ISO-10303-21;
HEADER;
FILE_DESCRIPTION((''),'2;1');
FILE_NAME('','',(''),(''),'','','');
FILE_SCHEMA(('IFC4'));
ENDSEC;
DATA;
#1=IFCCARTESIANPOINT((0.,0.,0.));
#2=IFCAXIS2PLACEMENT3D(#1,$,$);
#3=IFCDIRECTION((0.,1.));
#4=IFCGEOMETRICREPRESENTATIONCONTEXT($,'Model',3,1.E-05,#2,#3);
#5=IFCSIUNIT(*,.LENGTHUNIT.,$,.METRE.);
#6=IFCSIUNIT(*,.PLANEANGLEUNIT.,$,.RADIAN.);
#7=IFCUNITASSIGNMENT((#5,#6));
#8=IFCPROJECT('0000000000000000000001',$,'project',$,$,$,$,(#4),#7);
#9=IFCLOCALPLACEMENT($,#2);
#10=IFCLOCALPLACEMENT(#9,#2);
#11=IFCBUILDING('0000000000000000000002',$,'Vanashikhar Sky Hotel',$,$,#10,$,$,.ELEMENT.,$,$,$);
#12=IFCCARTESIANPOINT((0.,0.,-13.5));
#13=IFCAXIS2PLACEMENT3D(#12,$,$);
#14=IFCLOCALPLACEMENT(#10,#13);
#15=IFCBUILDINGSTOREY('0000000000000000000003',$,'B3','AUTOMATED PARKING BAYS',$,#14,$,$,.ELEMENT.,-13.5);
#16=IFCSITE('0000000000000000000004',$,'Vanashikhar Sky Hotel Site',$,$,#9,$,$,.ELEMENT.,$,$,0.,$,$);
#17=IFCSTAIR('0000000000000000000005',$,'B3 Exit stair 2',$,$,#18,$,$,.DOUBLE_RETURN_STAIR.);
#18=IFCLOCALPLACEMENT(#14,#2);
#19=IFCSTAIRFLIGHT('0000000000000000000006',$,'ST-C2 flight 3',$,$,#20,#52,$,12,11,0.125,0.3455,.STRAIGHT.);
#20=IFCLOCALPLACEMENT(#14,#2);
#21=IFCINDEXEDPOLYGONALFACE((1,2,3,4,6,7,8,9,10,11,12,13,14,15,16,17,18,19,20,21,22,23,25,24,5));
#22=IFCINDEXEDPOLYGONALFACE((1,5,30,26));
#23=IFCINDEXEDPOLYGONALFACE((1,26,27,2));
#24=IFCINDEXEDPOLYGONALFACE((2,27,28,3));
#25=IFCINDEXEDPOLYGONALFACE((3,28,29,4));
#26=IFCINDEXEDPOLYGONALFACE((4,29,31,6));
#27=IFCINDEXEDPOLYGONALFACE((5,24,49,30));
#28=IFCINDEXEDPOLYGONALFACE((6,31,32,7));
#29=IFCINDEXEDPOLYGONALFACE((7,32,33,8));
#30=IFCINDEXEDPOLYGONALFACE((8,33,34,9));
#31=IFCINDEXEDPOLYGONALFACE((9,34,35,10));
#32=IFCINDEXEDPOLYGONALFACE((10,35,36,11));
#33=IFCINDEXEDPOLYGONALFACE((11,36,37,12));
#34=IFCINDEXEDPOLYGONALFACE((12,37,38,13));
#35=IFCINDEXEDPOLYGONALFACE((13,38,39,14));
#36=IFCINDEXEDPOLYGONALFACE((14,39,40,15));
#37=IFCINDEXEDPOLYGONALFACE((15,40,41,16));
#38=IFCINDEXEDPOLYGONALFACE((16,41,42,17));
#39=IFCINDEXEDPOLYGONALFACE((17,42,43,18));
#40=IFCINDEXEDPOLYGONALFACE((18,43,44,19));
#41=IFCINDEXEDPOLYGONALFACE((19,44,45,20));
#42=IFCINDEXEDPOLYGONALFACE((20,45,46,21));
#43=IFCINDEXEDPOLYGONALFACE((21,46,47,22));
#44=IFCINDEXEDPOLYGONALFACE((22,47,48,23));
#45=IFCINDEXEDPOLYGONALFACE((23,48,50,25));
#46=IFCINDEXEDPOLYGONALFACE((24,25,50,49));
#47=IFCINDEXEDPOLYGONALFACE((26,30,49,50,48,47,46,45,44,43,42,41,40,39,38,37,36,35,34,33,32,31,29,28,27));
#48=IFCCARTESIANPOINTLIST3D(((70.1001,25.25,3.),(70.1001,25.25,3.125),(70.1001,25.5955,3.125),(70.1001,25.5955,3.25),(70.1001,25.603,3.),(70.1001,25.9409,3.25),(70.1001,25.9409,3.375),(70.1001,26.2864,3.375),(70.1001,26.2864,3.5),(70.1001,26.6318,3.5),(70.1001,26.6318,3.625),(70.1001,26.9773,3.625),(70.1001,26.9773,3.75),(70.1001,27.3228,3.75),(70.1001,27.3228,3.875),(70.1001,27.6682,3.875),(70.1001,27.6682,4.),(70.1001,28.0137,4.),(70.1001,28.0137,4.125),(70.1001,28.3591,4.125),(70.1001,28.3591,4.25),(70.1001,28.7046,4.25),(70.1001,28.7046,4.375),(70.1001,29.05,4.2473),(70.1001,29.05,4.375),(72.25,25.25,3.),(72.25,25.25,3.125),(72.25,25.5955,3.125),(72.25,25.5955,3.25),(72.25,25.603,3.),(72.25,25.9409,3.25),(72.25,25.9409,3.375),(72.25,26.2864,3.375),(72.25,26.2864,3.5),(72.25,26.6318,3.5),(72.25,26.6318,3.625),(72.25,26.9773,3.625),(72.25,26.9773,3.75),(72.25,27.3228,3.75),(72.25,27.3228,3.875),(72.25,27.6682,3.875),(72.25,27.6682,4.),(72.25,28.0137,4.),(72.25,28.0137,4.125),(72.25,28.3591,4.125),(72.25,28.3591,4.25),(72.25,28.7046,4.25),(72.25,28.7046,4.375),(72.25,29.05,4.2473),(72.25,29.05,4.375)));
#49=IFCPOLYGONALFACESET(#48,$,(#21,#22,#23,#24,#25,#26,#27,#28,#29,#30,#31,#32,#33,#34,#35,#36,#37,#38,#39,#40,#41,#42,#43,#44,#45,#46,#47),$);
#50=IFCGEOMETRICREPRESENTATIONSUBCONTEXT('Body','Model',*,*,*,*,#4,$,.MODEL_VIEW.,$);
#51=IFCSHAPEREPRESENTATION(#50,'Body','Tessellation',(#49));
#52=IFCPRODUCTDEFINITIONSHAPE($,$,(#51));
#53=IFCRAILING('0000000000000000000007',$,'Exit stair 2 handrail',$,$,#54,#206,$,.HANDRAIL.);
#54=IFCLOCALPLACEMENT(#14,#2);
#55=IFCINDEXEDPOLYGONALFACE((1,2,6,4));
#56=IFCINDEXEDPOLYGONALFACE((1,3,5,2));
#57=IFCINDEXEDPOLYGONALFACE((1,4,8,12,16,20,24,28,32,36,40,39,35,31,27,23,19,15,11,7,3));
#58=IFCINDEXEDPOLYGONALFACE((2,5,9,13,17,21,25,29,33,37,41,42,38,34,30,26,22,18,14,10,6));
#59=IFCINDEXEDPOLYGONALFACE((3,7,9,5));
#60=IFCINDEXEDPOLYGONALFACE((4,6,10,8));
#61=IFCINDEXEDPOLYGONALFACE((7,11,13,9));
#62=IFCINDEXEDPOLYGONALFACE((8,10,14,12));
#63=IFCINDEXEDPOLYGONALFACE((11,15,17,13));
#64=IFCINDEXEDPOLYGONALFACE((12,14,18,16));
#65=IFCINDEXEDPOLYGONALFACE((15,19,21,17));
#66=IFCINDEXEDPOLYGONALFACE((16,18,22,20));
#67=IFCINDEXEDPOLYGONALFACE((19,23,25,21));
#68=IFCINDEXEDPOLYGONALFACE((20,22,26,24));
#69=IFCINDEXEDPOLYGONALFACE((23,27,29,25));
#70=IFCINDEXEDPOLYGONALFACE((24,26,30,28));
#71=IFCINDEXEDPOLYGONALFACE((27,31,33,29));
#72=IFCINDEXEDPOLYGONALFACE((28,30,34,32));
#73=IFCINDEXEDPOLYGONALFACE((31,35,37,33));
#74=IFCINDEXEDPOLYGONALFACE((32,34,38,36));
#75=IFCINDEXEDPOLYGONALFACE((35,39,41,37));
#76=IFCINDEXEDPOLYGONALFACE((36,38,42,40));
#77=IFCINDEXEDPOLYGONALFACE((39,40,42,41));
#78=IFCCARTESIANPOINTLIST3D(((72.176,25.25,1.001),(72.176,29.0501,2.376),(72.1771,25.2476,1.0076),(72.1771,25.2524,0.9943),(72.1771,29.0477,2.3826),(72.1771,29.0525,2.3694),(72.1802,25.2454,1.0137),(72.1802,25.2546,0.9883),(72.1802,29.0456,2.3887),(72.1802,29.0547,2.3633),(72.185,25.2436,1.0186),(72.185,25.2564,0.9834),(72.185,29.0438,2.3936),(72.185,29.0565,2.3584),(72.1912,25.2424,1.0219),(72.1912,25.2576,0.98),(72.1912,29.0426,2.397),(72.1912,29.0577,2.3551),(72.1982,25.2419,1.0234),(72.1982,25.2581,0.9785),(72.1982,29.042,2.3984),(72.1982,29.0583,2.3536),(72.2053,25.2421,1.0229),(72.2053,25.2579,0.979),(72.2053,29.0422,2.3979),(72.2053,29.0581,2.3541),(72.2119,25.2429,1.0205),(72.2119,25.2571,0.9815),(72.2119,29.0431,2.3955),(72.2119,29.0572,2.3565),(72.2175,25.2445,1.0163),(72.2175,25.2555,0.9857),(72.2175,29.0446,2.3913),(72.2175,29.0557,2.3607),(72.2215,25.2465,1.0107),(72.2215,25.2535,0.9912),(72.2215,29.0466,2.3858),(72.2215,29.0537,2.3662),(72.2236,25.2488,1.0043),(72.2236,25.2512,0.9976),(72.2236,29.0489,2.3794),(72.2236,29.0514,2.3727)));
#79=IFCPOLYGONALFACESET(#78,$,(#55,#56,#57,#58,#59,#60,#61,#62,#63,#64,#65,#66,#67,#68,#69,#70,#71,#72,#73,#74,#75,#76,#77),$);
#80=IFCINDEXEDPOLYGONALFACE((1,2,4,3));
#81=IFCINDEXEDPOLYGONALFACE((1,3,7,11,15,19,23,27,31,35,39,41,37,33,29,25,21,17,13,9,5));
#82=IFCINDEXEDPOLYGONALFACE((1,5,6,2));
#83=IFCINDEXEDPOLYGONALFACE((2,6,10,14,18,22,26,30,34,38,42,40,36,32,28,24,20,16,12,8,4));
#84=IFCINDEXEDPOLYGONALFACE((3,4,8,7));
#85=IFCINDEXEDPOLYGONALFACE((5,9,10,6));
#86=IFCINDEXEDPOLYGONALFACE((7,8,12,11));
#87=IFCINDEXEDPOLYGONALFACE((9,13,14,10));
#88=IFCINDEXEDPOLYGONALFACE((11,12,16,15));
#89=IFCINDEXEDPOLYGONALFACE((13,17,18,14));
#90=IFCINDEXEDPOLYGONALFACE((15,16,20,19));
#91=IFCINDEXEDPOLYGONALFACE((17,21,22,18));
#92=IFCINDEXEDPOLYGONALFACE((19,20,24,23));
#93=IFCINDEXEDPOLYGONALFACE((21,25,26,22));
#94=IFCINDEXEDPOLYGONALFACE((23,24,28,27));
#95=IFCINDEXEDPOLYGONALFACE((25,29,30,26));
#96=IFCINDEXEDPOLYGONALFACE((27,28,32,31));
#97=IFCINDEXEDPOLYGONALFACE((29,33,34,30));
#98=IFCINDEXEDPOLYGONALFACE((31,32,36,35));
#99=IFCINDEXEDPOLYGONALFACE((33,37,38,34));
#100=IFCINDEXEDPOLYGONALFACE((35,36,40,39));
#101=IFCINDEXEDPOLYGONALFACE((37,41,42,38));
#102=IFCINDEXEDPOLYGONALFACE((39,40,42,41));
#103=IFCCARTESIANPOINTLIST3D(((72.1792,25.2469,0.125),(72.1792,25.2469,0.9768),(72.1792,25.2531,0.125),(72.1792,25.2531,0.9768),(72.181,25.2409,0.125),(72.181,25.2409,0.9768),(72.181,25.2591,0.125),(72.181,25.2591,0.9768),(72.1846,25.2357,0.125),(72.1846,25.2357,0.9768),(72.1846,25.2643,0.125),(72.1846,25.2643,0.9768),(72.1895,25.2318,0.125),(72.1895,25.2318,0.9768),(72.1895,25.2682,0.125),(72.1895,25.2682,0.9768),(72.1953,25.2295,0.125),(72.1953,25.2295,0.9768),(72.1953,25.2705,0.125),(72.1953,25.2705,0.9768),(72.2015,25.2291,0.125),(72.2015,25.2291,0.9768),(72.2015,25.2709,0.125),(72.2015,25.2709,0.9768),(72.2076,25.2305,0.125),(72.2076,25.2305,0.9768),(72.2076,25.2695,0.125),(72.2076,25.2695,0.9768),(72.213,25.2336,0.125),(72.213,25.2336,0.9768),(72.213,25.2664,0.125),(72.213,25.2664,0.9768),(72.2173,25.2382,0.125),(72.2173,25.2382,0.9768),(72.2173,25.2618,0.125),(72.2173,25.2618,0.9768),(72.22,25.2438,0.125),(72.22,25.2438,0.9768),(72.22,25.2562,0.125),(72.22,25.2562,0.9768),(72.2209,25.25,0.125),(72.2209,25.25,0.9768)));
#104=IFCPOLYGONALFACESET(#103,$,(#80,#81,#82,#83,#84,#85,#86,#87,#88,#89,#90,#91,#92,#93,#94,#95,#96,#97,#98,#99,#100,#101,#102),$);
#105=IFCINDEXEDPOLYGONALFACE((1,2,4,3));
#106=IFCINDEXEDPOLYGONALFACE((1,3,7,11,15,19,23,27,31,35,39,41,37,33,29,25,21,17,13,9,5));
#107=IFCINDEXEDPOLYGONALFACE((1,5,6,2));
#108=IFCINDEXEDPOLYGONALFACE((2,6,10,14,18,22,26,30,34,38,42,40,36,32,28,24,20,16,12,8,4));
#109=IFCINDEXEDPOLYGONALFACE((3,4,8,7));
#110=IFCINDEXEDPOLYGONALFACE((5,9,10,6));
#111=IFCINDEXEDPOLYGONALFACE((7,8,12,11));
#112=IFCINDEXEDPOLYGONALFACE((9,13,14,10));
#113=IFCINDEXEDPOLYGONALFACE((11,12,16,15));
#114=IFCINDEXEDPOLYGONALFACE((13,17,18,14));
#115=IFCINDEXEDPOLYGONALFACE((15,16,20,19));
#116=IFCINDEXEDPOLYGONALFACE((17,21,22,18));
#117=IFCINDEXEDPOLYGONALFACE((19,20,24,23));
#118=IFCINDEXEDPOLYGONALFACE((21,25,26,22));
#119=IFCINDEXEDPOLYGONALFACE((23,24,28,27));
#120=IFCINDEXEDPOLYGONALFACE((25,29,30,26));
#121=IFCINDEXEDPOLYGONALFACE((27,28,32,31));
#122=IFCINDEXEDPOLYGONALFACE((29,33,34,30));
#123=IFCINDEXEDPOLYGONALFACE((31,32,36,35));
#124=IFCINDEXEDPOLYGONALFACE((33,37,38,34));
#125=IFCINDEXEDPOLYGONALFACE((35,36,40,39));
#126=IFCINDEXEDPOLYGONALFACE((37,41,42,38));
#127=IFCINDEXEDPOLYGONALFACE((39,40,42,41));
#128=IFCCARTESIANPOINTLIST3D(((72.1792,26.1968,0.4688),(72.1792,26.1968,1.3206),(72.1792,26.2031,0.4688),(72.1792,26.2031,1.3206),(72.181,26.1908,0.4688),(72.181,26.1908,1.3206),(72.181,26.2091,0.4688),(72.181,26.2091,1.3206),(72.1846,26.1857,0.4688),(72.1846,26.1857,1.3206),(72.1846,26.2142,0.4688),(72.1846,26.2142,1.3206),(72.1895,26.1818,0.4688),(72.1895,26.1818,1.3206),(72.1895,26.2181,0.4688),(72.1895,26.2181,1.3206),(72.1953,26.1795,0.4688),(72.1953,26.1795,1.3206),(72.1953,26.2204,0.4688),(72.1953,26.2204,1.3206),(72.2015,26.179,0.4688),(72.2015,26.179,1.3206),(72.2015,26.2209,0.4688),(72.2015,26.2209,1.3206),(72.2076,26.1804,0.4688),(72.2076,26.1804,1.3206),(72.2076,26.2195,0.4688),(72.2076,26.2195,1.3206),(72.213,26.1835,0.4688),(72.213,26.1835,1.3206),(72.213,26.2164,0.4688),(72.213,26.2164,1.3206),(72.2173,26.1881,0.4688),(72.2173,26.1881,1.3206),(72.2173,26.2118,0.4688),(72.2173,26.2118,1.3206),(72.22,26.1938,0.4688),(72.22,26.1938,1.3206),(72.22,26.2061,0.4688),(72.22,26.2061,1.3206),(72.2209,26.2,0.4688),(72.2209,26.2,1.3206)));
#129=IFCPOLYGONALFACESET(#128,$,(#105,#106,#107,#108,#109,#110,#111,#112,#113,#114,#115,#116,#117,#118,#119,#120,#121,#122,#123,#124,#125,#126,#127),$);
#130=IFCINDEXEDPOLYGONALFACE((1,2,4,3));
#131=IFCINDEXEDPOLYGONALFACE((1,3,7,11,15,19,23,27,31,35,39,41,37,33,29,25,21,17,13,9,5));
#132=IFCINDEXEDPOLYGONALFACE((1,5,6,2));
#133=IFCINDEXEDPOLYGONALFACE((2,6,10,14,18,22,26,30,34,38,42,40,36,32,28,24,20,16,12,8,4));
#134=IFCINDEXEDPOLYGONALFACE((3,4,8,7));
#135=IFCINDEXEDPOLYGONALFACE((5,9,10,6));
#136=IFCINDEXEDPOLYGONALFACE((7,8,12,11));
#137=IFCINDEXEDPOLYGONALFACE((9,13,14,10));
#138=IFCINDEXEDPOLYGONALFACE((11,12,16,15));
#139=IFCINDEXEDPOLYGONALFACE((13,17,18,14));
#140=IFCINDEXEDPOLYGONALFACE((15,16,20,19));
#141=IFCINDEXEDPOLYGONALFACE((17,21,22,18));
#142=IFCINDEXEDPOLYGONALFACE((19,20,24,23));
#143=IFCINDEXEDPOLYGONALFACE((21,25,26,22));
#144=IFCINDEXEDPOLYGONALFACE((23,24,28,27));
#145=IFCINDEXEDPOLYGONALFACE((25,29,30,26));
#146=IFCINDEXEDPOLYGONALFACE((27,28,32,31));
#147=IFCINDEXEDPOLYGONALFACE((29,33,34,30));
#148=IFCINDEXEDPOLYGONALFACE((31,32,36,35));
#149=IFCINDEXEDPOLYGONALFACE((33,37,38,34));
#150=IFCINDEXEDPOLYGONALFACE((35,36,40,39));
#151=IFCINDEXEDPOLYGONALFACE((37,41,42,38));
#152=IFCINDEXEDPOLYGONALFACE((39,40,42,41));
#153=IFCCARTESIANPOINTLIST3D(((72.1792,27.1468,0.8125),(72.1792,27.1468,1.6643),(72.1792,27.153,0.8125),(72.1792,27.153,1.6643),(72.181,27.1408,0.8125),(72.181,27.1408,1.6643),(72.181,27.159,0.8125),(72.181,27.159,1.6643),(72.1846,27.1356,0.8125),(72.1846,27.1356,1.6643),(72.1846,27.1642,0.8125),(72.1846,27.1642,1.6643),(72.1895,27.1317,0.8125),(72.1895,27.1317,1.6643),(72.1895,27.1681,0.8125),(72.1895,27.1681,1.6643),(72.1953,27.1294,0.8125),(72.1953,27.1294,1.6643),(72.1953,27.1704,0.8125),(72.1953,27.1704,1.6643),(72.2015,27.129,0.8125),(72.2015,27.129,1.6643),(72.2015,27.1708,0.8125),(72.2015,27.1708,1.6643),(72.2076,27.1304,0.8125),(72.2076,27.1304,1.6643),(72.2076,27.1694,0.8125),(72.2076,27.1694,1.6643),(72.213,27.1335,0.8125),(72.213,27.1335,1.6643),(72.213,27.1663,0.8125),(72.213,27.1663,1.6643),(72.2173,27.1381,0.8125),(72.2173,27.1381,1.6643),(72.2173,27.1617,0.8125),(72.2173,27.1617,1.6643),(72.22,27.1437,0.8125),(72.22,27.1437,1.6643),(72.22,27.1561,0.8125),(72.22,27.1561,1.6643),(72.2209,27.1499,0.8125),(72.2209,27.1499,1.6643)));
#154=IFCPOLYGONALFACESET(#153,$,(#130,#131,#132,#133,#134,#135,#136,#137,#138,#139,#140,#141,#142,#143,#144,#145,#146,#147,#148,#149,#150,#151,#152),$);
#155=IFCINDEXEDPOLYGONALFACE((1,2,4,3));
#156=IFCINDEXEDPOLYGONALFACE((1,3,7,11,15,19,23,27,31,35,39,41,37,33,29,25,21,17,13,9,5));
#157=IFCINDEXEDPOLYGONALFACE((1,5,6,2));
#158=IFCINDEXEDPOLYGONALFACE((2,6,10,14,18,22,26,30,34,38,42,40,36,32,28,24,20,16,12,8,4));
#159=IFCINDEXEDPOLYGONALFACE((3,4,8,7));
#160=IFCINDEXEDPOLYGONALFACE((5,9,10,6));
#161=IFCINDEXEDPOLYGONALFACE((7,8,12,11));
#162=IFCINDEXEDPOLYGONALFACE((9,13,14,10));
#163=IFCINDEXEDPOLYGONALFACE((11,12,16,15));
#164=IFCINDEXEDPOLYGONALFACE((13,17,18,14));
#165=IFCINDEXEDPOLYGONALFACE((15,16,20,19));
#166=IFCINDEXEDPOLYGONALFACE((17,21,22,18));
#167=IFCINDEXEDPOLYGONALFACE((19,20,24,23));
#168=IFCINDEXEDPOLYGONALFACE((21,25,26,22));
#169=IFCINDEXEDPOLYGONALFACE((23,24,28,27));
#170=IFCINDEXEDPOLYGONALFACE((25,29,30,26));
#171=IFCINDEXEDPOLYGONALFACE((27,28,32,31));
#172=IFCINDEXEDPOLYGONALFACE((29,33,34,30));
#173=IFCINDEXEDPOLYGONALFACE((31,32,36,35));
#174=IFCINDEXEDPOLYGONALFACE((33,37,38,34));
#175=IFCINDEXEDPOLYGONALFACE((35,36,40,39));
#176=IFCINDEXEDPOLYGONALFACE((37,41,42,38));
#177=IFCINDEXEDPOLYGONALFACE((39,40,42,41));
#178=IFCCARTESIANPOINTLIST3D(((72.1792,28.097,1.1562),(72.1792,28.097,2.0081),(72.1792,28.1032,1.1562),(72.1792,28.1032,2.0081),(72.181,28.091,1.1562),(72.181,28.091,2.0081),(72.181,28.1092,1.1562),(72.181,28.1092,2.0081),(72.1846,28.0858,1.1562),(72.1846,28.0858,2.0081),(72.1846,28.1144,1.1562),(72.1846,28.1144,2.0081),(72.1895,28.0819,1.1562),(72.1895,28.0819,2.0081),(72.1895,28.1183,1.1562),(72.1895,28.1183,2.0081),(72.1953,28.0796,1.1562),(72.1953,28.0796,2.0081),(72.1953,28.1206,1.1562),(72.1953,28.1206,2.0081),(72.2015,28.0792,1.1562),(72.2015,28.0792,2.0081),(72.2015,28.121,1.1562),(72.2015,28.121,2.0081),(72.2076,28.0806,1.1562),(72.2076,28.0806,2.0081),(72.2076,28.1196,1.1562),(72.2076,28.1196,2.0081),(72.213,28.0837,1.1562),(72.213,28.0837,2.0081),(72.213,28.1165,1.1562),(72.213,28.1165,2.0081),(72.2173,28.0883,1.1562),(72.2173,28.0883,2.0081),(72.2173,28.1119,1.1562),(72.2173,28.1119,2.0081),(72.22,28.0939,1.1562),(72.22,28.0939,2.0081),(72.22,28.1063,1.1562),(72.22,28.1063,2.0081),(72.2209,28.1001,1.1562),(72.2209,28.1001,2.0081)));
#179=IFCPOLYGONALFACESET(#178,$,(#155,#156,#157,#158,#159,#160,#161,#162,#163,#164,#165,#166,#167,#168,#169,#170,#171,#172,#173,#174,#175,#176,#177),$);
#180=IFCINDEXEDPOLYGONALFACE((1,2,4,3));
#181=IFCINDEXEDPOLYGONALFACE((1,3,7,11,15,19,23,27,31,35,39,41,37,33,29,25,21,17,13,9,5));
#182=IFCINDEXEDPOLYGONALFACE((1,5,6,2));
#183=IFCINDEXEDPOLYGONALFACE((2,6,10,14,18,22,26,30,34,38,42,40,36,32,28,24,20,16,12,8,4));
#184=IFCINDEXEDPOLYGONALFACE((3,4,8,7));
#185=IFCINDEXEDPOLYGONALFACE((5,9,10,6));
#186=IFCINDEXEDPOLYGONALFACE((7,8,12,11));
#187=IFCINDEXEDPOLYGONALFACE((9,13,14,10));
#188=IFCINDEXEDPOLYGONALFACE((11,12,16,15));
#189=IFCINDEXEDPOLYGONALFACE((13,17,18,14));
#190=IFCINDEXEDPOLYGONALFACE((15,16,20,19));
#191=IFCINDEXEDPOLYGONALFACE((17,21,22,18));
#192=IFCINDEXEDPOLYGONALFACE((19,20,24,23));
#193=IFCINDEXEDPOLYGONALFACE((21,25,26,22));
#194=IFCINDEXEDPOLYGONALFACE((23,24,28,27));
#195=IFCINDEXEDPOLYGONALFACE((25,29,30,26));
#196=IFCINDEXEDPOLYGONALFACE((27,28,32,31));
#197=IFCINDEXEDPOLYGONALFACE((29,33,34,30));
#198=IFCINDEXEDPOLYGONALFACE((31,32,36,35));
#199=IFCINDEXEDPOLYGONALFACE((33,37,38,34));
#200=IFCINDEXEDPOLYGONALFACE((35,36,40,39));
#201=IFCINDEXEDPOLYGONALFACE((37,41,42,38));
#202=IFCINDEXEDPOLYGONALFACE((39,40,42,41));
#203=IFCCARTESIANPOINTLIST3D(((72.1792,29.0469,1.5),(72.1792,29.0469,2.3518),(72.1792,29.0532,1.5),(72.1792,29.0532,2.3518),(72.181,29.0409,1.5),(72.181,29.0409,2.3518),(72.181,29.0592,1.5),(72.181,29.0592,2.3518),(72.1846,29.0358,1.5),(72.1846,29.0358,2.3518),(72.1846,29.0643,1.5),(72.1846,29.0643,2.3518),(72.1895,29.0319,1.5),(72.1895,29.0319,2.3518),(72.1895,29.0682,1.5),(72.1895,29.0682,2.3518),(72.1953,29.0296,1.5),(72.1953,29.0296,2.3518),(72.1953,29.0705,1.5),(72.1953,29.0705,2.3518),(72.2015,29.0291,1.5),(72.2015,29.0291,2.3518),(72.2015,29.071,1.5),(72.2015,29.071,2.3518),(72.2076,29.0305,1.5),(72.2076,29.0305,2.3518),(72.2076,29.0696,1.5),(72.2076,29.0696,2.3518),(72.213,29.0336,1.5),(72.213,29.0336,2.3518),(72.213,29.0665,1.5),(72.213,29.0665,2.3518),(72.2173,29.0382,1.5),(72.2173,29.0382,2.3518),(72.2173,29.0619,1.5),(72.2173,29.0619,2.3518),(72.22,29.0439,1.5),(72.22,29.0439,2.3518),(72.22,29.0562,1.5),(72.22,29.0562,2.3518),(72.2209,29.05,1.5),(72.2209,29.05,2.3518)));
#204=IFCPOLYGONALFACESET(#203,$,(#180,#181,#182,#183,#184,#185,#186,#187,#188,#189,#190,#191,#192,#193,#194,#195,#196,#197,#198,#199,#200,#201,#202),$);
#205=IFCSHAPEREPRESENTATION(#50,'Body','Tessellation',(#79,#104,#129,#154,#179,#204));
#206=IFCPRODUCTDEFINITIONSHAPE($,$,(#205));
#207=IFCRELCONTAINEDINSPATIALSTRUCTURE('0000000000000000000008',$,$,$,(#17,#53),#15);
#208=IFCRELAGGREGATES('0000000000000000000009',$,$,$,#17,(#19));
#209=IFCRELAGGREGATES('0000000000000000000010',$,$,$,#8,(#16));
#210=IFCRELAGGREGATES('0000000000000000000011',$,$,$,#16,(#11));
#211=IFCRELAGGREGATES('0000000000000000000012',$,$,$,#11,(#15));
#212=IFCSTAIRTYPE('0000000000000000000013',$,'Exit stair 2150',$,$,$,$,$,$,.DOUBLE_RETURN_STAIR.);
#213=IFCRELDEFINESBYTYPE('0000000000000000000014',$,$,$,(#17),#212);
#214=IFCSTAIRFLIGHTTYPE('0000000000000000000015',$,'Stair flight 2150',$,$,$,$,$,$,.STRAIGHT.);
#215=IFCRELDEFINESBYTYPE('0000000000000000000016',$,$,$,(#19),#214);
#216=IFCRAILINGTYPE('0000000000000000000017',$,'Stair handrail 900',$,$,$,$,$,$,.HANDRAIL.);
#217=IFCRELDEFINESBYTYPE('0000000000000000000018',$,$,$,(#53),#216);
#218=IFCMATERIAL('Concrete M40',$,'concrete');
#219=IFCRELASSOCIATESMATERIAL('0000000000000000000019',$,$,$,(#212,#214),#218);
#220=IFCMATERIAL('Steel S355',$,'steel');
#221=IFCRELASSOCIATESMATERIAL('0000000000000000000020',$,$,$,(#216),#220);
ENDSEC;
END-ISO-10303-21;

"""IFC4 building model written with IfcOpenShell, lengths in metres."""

from ifc_helpers import new_model, si_unit, direction, frame, origin, origin_2d, place, context, subcontext, project, spatial, polyline, circle, outline, extrude, source, transform, mapped, material, type_object, element, aggregate, save


model = new_model("IFC4")

# Units and contexts
model_context = context("Model", 3, precision=1e-05, world=origin(), true_north=direction((0.0, 1.0)))
body_context = subcontext(model_context, "Body", "Model", "MODEL_VIEW")
ifc_project = project(units=[si_unit("LENGTHUNIT", "METRE"), si_unit("PLANEANGLEUNIT", "RADIAN")], contexts=[model_context])

# Site, building, storey
site_placement = place(None, origin())
site = spatial("IfcSite", under=ifc_project, at=site_placement, Name="Vanashikhar Sky Hotel Site", CompositionType="ELEMENT", RefElevation=0.0)
building_placement = place(site_placement, origin())
building = spatial("IfcBuilding", under=site, at=building_placement, Name="Vanashikhar Sky Hotel", CompositionType="ELEMENT")
storey_placement = place(building_placement, frame((0.0, 0.0, -13.5)))
storey = spatial("IfcBuildingStorey", under=building, at=storey_placement, Name="B3", Description="AUTOMATED PARKING BAYS", CompositionType="ELEMENT", Elevation=-13.5)

# Shared definitions
ifc_material_1 = material(Name="Concrete M40", Category="concrete")

# Stair, stair flight
stair_type = type_object("IfcStairType", Name="Exit stair 2150", PredefinedType="DOUBLE_RETURN_STAIR", material=ifc_material_1)
stair_placement = place(storey_placement, origin())
stair = element("IfcStair", 1, at=stair_placement, inside=storey, type_object=stair_type, Name="B3 Exit stair 2", PredefinedType="DOUBLE_RETURN_STAIR")
stair_flight_type = type_object("IfcStairFlightType", Name="Stair flight 2150", PredefinedType="STRAIGHT", material=ifc_material_1)
shared_shape_1 = source(origin(), body_context, "Body", "SweptSolid", [
    extrude(outline(polyline([(0.0, 0.0), (0.0, 0.125), (0.3455, 0.125), (0.3455, 0.25), (0.6909, 0.25), (0.6909, 0.375), (1.0364, 0.375), (1.0364, 0.5), (1.3818, 0.5), (1.3818, 0.625), (1.7273, 0.625), (1.7273, 0.75), (2.0728, 0.75), (2.0728, 0.875), (2.4182, 0.875), (2.4182, 1.0), (2.7637, 1.0), (2.7637, 1.125), (3.1091, 1.125), (3.1091, 1.25), (3.4546, 1.25), (3.4546, 1.375), (3.8, 1.375), (3.8, 1.5), (3.8, 1.2473), (0.353, 0.0), (0.0, 0.0)])), frame((0.0, 1.075, 0.0), z_axis=(0.0, -1.0, 0.0), x_axis=(1.0, 0.0, 0.0)), (0.0, 0.0, 1.0), 2.1499),
])
stair_flight_1_placement = place(storey_placement, frame((71.175, 25.25, 3.0), z_axis=(0.0, 0.0, 1.0), x_axis=(0.0, 1.0, 0.0)))
stair_flight_1 = element("IfcStairFlight", 2, at=stair_flight_1_placement, type_object=stair_flight_type, Name="ST-C2 flight 3", NumberOfRisers=12, NumberOfTreads=11, PredefinedType="STRAIGHT", RiserHeight=0.125, TreadLength=0.3455, context=body_context, shape_type="MappedRepresentation", body=[
    mapped(shared_shape_1, transform((0.0, 0.0, 0.0), scale=1.0)),
])
aggregate(stair, [stair_flight_1])

# Railing
ifc_material_2 = material(Name="Steel S355", Category="steel")
railing_type_1 = type_object("IfcRailingType", Name="Stair handrail 900", PredefinedType="HANDRAIL", material=ifc_material_2)
shared_shape_2 = source(origin(), body_context, "Body", "SweptSolid", [
    extrude(circle(Radius=0.0239, at=origin_2d()), frame((0.0, 0.0, 0.876), z_axis=(0.0, 0.940336, 0.340249), x_axis=(-1.0, 0.0, 0.0)), (0.0, 0.0, 1.0), 4.0413),
    extrude(circle(Radius=0.021, at=origin_2d()), origin(), (0.0, 0.0, 1.0), 0.8518),
    extrude(circle(Radius=0.021, at=origin_2d()), frame((0.0, 0.95, 0.3438)), (0.0, 0.0, 1.0), 0.8518),
    extrude(circle(Radius=0.021, at=origin_2d()), frame((0.0, 1.8999, 0.6875)), (0.0, 0.0, 1.0), 0.8518),
    extrude(circle(Radius=0.021, at=origin_2d()), frame((0.0, 2.8501, 1.0312)), (0.0, 0.0, 1.0), 0.8518),
    extrude(circle(Radius=0.021, at=origin_2d()), frame((0.0, 3.8, 1.375)), (0.0, 0.0, 1.0), 0.8518),
])
for number, where, name in (
    (3, (72.2, 25.25, 0.125), "Exit stair 2 handrail"),
):
    element("IfcRailing", number, at=place(storey_placement, frame(where)), inside=storey, type_object=railing_type_1, Name=name, PredefinedType="HANDRAIL", context=body_context, shape_type="MappedRepresentation", body=[
        mapped(shared_shape_2, transform((0.0, 0.0, 0.0), scale=1.0)),
    ])

save(model, "model.ifc")
